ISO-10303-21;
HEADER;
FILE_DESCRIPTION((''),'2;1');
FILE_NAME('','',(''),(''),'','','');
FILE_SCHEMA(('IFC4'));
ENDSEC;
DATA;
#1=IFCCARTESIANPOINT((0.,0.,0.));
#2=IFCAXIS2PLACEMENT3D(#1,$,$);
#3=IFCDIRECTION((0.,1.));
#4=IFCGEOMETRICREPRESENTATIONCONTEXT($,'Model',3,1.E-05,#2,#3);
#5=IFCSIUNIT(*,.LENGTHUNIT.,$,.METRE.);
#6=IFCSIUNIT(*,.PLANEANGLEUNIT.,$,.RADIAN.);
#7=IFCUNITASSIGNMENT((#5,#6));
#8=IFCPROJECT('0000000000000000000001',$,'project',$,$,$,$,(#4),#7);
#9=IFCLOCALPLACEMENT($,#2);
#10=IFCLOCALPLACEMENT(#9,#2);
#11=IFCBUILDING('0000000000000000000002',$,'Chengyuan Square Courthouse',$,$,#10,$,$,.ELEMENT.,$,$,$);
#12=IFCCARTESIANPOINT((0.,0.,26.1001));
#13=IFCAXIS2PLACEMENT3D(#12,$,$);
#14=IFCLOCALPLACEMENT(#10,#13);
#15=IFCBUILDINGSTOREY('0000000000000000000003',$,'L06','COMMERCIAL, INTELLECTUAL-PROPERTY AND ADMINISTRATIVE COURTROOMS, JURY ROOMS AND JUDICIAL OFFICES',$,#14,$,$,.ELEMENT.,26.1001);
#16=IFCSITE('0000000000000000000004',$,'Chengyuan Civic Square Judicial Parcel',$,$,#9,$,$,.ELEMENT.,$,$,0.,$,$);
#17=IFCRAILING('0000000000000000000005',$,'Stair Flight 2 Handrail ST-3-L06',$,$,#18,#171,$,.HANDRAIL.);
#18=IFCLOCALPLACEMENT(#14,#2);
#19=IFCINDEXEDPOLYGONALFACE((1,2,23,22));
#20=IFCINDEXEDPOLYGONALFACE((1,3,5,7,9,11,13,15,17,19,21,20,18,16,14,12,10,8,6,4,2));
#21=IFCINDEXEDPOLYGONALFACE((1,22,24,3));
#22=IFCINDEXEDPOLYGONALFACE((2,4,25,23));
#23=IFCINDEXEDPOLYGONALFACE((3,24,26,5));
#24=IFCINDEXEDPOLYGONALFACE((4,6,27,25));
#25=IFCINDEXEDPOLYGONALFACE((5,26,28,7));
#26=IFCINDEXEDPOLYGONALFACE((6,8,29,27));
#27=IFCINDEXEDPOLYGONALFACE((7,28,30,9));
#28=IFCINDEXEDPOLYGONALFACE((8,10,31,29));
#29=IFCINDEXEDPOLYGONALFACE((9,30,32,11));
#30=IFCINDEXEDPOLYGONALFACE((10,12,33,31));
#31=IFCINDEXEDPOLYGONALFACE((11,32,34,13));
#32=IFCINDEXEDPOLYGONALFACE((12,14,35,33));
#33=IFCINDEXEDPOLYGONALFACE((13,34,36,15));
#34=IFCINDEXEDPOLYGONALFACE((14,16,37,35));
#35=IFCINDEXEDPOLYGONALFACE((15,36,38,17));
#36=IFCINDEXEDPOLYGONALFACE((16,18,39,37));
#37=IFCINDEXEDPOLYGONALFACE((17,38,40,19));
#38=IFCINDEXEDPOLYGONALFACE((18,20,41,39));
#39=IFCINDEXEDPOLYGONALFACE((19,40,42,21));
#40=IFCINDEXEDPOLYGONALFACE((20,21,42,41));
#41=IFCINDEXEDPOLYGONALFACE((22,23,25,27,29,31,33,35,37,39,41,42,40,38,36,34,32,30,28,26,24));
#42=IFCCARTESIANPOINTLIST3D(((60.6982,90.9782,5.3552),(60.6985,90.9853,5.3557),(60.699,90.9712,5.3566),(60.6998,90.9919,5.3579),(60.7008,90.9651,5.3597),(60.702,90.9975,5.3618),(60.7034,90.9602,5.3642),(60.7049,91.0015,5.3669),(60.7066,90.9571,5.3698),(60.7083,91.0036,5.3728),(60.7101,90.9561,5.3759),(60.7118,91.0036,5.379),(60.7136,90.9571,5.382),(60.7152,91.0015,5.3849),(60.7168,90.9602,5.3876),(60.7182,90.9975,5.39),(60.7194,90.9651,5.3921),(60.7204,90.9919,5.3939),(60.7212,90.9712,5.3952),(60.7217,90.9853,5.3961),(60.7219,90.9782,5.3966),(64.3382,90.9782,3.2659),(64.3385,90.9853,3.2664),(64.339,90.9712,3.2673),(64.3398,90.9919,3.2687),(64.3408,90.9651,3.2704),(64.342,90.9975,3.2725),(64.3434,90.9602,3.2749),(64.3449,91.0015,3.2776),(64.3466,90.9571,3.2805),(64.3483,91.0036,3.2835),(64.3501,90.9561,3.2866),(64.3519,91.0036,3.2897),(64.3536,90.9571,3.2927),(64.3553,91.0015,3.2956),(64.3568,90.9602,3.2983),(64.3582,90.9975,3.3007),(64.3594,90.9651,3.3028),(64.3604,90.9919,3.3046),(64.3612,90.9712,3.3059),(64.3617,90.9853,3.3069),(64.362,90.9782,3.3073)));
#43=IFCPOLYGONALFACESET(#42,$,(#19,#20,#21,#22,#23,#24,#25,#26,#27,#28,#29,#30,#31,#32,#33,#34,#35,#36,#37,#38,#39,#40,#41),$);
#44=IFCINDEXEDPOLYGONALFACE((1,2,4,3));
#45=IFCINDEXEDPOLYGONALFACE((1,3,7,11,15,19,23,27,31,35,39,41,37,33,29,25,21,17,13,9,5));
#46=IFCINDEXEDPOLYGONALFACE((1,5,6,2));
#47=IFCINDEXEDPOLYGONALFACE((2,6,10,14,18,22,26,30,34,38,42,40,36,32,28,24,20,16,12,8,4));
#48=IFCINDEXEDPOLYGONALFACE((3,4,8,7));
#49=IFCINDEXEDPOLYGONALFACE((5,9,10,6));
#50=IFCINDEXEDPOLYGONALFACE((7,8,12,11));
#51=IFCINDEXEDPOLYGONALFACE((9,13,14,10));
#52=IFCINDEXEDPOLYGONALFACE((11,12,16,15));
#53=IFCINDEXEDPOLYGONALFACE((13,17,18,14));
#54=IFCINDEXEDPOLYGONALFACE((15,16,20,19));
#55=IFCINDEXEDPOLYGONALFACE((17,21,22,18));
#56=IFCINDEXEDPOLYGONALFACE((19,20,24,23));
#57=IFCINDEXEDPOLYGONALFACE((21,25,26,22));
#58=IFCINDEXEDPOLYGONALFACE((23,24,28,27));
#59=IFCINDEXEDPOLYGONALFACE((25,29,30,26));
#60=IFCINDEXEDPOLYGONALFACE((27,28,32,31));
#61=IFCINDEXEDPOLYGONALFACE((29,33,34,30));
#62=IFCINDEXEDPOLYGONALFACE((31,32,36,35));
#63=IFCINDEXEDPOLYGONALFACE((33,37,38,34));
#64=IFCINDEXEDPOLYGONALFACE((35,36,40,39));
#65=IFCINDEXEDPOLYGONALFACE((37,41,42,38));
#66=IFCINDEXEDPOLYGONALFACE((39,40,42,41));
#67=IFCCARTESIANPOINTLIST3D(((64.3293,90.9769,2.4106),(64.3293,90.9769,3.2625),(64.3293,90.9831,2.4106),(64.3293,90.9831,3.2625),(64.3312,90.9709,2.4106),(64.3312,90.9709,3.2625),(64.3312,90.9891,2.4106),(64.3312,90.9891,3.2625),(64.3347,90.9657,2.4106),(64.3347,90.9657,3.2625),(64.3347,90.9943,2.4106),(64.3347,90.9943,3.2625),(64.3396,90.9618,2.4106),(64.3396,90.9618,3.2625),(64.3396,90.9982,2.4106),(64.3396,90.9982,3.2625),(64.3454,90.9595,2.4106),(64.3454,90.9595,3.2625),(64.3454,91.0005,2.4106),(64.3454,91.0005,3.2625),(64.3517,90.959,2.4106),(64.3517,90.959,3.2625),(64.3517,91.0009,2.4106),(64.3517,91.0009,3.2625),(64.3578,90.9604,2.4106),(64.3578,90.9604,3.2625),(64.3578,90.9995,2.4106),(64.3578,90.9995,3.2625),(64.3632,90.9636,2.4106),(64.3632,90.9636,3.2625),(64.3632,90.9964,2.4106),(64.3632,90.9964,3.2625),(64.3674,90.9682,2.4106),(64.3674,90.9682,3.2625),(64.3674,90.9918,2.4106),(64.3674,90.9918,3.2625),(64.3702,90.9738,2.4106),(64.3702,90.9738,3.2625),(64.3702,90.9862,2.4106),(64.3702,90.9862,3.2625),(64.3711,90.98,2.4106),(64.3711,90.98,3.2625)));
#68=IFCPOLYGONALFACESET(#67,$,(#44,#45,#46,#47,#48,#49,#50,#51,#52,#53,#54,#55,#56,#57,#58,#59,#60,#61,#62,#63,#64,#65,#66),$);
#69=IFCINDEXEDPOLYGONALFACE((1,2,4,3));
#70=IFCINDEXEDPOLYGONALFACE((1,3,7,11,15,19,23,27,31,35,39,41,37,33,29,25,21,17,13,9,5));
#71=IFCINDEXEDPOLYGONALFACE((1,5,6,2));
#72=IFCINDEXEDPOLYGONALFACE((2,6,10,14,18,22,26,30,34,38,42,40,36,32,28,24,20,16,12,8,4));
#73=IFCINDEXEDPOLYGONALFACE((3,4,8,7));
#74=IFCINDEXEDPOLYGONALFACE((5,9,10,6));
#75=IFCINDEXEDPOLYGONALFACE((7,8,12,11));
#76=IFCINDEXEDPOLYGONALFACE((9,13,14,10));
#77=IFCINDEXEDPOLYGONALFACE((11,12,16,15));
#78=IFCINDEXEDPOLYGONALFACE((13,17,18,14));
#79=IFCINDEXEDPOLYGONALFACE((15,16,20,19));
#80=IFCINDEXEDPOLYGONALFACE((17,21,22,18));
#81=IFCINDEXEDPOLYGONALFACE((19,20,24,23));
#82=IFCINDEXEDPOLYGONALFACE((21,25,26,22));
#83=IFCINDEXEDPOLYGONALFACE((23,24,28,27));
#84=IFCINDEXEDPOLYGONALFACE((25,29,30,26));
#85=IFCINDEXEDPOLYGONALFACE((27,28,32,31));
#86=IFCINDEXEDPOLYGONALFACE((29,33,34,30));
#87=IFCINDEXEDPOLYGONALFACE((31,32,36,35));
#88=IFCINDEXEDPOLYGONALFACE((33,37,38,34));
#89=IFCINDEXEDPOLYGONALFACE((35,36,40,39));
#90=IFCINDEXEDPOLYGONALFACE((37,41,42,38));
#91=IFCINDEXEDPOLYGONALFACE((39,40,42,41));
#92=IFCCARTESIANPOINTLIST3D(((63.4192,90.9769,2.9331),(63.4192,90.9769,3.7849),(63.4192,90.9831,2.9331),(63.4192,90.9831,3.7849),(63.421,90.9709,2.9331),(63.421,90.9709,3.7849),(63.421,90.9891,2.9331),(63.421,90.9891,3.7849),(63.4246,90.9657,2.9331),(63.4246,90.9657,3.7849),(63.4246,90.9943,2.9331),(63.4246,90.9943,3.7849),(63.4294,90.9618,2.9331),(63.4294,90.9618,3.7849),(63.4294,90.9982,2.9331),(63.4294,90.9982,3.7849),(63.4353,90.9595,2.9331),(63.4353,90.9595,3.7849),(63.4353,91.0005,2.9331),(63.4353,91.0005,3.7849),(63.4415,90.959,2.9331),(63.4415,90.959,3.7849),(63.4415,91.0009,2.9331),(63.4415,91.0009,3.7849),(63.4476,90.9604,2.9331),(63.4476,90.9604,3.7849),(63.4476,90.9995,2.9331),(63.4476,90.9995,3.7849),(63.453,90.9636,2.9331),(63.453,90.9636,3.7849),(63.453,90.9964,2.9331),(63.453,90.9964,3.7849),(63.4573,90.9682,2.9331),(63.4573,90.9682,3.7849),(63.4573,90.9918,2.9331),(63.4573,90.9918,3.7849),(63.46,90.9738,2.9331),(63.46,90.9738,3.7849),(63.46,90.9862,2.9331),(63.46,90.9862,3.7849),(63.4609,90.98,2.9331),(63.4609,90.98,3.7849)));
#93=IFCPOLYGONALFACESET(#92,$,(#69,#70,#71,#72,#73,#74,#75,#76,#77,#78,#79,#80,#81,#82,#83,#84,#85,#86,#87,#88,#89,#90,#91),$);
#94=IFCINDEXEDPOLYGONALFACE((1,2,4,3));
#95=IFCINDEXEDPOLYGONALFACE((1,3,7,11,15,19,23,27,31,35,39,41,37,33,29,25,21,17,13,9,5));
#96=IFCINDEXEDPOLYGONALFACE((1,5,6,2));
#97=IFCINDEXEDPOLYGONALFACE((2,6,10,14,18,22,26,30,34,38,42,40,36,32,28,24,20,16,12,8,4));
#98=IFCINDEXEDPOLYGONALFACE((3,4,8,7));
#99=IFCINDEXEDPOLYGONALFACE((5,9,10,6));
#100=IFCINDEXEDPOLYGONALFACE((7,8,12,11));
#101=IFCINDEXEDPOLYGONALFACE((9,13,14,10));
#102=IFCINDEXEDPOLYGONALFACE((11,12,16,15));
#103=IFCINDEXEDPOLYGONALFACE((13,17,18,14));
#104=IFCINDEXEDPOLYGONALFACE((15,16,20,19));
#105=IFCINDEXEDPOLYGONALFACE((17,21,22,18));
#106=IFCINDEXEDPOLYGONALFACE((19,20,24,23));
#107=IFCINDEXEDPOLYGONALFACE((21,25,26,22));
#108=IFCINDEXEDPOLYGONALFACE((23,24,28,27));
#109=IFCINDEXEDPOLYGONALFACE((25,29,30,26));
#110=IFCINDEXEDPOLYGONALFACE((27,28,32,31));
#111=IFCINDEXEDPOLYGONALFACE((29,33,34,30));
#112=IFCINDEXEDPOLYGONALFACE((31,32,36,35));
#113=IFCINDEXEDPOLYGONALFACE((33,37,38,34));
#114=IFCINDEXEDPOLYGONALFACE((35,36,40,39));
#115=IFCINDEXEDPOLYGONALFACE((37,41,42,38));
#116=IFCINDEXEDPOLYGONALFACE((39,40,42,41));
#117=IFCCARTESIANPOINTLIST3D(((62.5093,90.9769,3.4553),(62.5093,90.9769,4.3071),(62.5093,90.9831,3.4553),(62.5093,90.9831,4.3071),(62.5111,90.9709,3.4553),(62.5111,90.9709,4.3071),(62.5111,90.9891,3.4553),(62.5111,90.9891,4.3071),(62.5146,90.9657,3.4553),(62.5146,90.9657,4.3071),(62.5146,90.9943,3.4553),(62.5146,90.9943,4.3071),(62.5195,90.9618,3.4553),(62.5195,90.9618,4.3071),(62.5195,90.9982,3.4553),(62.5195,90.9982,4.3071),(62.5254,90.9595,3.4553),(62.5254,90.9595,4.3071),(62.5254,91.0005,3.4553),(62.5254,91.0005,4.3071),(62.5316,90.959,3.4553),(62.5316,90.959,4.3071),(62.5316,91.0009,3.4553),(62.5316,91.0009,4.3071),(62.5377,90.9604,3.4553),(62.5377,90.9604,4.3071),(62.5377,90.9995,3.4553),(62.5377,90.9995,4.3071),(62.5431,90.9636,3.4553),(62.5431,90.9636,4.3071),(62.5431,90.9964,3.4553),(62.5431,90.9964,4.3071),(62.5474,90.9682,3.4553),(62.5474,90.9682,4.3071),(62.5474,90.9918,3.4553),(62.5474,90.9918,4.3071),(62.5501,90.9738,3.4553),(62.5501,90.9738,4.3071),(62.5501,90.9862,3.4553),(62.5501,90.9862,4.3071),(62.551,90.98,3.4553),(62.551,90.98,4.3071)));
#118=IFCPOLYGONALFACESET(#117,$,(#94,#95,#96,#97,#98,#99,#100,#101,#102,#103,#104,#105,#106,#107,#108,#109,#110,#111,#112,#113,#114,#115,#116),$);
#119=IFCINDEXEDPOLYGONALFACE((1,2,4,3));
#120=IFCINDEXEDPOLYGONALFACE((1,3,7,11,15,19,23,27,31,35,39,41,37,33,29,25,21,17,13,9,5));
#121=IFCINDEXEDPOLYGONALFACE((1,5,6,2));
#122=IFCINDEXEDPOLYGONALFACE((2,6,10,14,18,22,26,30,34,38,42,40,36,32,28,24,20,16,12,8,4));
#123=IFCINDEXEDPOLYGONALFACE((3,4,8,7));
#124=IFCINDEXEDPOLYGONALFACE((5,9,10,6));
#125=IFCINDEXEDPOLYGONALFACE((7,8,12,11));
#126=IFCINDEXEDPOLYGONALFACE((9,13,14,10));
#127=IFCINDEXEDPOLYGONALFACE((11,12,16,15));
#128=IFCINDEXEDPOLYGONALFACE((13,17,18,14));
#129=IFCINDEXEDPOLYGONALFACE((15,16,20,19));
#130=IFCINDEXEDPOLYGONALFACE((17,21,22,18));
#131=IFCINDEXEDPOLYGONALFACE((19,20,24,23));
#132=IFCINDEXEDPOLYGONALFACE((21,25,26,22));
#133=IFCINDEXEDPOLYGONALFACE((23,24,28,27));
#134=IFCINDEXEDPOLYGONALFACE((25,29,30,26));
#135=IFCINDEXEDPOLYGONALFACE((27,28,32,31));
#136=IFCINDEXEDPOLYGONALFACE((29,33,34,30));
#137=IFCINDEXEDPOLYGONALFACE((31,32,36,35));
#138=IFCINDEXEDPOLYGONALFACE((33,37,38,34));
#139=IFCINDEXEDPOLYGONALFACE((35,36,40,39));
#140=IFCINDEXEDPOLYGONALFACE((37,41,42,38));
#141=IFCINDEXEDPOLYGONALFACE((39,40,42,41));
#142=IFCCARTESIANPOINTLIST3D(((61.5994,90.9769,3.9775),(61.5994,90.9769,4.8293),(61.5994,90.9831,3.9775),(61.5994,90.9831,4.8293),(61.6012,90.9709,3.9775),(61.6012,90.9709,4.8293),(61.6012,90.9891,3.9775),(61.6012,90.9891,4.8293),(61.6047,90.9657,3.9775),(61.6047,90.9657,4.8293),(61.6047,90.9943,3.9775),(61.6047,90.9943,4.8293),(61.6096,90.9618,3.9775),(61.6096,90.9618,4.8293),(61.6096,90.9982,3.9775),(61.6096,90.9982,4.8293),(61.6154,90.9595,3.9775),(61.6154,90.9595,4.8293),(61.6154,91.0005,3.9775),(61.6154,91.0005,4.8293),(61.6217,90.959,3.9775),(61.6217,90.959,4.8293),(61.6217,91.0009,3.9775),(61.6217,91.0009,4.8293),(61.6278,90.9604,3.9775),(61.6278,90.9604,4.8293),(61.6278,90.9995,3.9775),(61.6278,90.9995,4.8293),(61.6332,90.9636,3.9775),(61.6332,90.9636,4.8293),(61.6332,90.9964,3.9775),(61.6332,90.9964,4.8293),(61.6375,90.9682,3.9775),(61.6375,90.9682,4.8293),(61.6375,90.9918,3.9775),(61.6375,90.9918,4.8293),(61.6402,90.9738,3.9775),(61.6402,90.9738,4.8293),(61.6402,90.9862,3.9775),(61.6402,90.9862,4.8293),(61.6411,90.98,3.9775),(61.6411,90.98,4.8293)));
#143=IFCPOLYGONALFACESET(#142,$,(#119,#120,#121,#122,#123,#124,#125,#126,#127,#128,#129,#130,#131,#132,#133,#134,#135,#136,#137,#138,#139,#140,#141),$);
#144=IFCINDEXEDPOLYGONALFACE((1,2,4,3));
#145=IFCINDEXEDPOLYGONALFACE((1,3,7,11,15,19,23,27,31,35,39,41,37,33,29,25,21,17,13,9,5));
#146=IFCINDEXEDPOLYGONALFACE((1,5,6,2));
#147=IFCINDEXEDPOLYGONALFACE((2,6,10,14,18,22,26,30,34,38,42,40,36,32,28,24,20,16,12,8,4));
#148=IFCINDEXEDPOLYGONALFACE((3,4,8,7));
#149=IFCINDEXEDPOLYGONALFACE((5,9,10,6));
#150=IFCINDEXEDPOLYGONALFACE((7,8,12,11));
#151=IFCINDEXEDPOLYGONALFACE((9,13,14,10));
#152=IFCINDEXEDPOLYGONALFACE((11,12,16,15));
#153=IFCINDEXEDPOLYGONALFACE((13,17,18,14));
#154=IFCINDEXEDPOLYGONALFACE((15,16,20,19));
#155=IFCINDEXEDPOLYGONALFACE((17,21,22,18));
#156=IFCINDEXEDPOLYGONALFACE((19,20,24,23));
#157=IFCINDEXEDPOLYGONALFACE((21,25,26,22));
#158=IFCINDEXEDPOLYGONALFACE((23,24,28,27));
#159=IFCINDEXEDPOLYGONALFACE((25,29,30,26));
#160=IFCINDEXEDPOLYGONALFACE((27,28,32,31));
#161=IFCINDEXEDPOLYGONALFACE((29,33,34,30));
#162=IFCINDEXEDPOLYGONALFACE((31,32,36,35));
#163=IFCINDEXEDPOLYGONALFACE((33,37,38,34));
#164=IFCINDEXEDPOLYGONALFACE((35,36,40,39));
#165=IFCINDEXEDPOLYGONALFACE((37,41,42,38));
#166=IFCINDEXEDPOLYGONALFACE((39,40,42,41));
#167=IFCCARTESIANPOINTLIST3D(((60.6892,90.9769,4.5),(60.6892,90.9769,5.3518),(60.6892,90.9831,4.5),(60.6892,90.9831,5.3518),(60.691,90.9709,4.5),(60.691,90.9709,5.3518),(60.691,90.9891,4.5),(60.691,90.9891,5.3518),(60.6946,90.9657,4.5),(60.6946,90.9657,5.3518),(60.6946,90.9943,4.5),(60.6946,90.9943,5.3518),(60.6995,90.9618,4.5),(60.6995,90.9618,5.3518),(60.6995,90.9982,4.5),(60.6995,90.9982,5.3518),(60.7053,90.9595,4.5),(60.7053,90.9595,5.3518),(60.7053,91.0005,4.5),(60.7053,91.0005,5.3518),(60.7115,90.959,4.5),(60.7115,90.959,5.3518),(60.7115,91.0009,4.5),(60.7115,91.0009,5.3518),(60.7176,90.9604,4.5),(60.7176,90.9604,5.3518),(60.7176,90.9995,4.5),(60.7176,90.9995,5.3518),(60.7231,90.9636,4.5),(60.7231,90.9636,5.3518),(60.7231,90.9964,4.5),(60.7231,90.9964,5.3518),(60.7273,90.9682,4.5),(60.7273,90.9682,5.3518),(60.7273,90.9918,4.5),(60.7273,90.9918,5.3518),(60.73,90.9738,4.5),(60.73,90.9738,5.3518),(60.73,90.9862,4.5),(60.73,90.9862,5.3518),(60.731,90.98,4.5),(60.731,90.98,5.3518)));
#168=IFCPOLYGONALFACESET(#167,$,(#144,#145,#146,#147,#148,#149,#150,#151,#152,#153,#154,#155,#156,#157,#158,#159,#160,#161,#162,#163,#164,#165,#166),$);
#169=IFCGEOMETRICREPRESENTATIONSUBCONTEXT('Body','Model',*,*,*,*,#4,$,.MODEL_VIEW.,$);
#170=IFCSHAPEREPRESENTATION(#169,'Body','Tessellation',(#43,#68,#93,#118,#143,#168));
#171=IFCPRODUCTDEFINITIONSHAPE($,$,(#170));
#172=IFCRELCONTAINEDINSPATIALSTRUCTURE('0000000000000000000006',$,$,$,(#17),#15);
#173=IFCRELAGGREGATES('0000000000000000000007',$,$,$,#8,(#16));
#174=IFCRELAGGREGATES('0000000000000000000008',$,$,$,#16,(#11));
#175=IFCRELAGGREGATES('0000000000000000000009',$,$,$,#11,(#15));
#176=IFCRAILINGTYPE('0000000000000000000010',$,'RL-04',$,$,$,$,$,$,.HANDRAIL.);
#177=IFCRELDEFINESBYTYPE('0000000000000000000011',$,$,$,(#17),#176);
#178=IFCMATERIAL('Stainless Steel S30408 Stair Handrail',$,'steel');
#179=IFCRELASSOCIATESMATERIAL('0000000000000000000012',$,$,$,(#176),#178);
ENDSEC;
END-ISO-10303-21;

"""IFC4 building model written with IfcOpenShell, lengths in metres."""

from ifc_helpers import new_model, si_unit, direction, frame, origin, origin_2d, place, context, subcontext, project, spatial, circle, extrude, material, type_object, element, save


model = new_model("IFC4")

# Units and contexts
model_context = context("Model", 3, precision=1e-05, world=origin(), true_north=direction((0.0, 1.0)))
body_context = subcontext(model_context, "Body", "Model", "MODEL_VIEW")
ifc_project = project(units=[si_unit("LENGTHUNIT", "METRE"), si_unit("PLANEANGLEUNIT", "RADIAN")], contexts=[model_context])

# Site, building, storey
site_placement = place(None, origin())
site = spatial("IfcSite", under=ifc_project, at=site_placement, Name="Chengyuan Civic Square Judicial Parcel", CompositionType="ELEMENT", RefElevation=0.0)
building_placement = place(site_placement, origin())
building = spatial("IfcBuilding", under=site, at=building_placement, Name="Chengyuan Square Courthouse", CompositionType="ELEMENT")
storey_placement = place(building_placement, frame((0.0, 0.0, 26.1001)))
storey = spatial("IfcBuildingStorey", under=building, at=storey_placement, Name="L06", Description="COMMERCIAL, INTELLECTUAL-PROPERTY AND ADMINISTRATIVE COURTROOMS, JURY ROOMS AND JUDICIAL OFFICES", CompositionType="ELEMENT", Elevation=26.1001)

# Railing
ifc_material_1 = material(Name="Stainless Steel S30408 Stair Handrail", Category="steel")
railing_type_1 = type_object("IfcRailingType", Name="RL-04", PredefinedType="HANDRAIL", material=ifc_material_1)
railing_1_placement = place(storey_placement, frame((64.3501, 90.98, 2.4106)))
element("IfcRailing", 1, at=railing_1_placement, inside=storey, type_object=railing_type_1, Name="Stair Flight 2 Handrail ST-3-L06", PredefinedType="HANDRAIL", context=body_context, shape_type="SweptSolid", body=[
    extrude(circle(Radius=0.0239, at=origin_2d()), frame((0.0, 0.0, 0.876), z_axis=(-0.867289, 0.0, 0.497804), x_axis=(0.0, -1.0, 0.0)), (0.0, 0.0, 1.0), 4.197),
    extrude(circle(Radius=0.021, at=origin_2d()), origin(), (0.0, 0.0, 1.0), 0.8518),
    extrude(circle(Radius=0.021, at=origin_2d()), frame((-0.9102, 0.0, 0.5225)), (0.0, 0.0, 1.0), 0.8518),
    extrude(circle(Radius=0.021, at=origin_2d()), frame((-1.8201, 0.0, 1.0447)), (0.0, 0.0, 1.0), 0.8518),
    extrude(circle(Radius=0.021, at=origin_2d()), frame((-2.73, 0.0, 1.5669)), (0.0, 0.0, 1.0), 0.8518),
    extrude(circle(Radius=0.021, at=origin_2d()), frame((-3.6401, 0.0, 2.0894)), (0.0, 0.0, 1.0), 0.8518),
])

save(model, "model.ifc")
